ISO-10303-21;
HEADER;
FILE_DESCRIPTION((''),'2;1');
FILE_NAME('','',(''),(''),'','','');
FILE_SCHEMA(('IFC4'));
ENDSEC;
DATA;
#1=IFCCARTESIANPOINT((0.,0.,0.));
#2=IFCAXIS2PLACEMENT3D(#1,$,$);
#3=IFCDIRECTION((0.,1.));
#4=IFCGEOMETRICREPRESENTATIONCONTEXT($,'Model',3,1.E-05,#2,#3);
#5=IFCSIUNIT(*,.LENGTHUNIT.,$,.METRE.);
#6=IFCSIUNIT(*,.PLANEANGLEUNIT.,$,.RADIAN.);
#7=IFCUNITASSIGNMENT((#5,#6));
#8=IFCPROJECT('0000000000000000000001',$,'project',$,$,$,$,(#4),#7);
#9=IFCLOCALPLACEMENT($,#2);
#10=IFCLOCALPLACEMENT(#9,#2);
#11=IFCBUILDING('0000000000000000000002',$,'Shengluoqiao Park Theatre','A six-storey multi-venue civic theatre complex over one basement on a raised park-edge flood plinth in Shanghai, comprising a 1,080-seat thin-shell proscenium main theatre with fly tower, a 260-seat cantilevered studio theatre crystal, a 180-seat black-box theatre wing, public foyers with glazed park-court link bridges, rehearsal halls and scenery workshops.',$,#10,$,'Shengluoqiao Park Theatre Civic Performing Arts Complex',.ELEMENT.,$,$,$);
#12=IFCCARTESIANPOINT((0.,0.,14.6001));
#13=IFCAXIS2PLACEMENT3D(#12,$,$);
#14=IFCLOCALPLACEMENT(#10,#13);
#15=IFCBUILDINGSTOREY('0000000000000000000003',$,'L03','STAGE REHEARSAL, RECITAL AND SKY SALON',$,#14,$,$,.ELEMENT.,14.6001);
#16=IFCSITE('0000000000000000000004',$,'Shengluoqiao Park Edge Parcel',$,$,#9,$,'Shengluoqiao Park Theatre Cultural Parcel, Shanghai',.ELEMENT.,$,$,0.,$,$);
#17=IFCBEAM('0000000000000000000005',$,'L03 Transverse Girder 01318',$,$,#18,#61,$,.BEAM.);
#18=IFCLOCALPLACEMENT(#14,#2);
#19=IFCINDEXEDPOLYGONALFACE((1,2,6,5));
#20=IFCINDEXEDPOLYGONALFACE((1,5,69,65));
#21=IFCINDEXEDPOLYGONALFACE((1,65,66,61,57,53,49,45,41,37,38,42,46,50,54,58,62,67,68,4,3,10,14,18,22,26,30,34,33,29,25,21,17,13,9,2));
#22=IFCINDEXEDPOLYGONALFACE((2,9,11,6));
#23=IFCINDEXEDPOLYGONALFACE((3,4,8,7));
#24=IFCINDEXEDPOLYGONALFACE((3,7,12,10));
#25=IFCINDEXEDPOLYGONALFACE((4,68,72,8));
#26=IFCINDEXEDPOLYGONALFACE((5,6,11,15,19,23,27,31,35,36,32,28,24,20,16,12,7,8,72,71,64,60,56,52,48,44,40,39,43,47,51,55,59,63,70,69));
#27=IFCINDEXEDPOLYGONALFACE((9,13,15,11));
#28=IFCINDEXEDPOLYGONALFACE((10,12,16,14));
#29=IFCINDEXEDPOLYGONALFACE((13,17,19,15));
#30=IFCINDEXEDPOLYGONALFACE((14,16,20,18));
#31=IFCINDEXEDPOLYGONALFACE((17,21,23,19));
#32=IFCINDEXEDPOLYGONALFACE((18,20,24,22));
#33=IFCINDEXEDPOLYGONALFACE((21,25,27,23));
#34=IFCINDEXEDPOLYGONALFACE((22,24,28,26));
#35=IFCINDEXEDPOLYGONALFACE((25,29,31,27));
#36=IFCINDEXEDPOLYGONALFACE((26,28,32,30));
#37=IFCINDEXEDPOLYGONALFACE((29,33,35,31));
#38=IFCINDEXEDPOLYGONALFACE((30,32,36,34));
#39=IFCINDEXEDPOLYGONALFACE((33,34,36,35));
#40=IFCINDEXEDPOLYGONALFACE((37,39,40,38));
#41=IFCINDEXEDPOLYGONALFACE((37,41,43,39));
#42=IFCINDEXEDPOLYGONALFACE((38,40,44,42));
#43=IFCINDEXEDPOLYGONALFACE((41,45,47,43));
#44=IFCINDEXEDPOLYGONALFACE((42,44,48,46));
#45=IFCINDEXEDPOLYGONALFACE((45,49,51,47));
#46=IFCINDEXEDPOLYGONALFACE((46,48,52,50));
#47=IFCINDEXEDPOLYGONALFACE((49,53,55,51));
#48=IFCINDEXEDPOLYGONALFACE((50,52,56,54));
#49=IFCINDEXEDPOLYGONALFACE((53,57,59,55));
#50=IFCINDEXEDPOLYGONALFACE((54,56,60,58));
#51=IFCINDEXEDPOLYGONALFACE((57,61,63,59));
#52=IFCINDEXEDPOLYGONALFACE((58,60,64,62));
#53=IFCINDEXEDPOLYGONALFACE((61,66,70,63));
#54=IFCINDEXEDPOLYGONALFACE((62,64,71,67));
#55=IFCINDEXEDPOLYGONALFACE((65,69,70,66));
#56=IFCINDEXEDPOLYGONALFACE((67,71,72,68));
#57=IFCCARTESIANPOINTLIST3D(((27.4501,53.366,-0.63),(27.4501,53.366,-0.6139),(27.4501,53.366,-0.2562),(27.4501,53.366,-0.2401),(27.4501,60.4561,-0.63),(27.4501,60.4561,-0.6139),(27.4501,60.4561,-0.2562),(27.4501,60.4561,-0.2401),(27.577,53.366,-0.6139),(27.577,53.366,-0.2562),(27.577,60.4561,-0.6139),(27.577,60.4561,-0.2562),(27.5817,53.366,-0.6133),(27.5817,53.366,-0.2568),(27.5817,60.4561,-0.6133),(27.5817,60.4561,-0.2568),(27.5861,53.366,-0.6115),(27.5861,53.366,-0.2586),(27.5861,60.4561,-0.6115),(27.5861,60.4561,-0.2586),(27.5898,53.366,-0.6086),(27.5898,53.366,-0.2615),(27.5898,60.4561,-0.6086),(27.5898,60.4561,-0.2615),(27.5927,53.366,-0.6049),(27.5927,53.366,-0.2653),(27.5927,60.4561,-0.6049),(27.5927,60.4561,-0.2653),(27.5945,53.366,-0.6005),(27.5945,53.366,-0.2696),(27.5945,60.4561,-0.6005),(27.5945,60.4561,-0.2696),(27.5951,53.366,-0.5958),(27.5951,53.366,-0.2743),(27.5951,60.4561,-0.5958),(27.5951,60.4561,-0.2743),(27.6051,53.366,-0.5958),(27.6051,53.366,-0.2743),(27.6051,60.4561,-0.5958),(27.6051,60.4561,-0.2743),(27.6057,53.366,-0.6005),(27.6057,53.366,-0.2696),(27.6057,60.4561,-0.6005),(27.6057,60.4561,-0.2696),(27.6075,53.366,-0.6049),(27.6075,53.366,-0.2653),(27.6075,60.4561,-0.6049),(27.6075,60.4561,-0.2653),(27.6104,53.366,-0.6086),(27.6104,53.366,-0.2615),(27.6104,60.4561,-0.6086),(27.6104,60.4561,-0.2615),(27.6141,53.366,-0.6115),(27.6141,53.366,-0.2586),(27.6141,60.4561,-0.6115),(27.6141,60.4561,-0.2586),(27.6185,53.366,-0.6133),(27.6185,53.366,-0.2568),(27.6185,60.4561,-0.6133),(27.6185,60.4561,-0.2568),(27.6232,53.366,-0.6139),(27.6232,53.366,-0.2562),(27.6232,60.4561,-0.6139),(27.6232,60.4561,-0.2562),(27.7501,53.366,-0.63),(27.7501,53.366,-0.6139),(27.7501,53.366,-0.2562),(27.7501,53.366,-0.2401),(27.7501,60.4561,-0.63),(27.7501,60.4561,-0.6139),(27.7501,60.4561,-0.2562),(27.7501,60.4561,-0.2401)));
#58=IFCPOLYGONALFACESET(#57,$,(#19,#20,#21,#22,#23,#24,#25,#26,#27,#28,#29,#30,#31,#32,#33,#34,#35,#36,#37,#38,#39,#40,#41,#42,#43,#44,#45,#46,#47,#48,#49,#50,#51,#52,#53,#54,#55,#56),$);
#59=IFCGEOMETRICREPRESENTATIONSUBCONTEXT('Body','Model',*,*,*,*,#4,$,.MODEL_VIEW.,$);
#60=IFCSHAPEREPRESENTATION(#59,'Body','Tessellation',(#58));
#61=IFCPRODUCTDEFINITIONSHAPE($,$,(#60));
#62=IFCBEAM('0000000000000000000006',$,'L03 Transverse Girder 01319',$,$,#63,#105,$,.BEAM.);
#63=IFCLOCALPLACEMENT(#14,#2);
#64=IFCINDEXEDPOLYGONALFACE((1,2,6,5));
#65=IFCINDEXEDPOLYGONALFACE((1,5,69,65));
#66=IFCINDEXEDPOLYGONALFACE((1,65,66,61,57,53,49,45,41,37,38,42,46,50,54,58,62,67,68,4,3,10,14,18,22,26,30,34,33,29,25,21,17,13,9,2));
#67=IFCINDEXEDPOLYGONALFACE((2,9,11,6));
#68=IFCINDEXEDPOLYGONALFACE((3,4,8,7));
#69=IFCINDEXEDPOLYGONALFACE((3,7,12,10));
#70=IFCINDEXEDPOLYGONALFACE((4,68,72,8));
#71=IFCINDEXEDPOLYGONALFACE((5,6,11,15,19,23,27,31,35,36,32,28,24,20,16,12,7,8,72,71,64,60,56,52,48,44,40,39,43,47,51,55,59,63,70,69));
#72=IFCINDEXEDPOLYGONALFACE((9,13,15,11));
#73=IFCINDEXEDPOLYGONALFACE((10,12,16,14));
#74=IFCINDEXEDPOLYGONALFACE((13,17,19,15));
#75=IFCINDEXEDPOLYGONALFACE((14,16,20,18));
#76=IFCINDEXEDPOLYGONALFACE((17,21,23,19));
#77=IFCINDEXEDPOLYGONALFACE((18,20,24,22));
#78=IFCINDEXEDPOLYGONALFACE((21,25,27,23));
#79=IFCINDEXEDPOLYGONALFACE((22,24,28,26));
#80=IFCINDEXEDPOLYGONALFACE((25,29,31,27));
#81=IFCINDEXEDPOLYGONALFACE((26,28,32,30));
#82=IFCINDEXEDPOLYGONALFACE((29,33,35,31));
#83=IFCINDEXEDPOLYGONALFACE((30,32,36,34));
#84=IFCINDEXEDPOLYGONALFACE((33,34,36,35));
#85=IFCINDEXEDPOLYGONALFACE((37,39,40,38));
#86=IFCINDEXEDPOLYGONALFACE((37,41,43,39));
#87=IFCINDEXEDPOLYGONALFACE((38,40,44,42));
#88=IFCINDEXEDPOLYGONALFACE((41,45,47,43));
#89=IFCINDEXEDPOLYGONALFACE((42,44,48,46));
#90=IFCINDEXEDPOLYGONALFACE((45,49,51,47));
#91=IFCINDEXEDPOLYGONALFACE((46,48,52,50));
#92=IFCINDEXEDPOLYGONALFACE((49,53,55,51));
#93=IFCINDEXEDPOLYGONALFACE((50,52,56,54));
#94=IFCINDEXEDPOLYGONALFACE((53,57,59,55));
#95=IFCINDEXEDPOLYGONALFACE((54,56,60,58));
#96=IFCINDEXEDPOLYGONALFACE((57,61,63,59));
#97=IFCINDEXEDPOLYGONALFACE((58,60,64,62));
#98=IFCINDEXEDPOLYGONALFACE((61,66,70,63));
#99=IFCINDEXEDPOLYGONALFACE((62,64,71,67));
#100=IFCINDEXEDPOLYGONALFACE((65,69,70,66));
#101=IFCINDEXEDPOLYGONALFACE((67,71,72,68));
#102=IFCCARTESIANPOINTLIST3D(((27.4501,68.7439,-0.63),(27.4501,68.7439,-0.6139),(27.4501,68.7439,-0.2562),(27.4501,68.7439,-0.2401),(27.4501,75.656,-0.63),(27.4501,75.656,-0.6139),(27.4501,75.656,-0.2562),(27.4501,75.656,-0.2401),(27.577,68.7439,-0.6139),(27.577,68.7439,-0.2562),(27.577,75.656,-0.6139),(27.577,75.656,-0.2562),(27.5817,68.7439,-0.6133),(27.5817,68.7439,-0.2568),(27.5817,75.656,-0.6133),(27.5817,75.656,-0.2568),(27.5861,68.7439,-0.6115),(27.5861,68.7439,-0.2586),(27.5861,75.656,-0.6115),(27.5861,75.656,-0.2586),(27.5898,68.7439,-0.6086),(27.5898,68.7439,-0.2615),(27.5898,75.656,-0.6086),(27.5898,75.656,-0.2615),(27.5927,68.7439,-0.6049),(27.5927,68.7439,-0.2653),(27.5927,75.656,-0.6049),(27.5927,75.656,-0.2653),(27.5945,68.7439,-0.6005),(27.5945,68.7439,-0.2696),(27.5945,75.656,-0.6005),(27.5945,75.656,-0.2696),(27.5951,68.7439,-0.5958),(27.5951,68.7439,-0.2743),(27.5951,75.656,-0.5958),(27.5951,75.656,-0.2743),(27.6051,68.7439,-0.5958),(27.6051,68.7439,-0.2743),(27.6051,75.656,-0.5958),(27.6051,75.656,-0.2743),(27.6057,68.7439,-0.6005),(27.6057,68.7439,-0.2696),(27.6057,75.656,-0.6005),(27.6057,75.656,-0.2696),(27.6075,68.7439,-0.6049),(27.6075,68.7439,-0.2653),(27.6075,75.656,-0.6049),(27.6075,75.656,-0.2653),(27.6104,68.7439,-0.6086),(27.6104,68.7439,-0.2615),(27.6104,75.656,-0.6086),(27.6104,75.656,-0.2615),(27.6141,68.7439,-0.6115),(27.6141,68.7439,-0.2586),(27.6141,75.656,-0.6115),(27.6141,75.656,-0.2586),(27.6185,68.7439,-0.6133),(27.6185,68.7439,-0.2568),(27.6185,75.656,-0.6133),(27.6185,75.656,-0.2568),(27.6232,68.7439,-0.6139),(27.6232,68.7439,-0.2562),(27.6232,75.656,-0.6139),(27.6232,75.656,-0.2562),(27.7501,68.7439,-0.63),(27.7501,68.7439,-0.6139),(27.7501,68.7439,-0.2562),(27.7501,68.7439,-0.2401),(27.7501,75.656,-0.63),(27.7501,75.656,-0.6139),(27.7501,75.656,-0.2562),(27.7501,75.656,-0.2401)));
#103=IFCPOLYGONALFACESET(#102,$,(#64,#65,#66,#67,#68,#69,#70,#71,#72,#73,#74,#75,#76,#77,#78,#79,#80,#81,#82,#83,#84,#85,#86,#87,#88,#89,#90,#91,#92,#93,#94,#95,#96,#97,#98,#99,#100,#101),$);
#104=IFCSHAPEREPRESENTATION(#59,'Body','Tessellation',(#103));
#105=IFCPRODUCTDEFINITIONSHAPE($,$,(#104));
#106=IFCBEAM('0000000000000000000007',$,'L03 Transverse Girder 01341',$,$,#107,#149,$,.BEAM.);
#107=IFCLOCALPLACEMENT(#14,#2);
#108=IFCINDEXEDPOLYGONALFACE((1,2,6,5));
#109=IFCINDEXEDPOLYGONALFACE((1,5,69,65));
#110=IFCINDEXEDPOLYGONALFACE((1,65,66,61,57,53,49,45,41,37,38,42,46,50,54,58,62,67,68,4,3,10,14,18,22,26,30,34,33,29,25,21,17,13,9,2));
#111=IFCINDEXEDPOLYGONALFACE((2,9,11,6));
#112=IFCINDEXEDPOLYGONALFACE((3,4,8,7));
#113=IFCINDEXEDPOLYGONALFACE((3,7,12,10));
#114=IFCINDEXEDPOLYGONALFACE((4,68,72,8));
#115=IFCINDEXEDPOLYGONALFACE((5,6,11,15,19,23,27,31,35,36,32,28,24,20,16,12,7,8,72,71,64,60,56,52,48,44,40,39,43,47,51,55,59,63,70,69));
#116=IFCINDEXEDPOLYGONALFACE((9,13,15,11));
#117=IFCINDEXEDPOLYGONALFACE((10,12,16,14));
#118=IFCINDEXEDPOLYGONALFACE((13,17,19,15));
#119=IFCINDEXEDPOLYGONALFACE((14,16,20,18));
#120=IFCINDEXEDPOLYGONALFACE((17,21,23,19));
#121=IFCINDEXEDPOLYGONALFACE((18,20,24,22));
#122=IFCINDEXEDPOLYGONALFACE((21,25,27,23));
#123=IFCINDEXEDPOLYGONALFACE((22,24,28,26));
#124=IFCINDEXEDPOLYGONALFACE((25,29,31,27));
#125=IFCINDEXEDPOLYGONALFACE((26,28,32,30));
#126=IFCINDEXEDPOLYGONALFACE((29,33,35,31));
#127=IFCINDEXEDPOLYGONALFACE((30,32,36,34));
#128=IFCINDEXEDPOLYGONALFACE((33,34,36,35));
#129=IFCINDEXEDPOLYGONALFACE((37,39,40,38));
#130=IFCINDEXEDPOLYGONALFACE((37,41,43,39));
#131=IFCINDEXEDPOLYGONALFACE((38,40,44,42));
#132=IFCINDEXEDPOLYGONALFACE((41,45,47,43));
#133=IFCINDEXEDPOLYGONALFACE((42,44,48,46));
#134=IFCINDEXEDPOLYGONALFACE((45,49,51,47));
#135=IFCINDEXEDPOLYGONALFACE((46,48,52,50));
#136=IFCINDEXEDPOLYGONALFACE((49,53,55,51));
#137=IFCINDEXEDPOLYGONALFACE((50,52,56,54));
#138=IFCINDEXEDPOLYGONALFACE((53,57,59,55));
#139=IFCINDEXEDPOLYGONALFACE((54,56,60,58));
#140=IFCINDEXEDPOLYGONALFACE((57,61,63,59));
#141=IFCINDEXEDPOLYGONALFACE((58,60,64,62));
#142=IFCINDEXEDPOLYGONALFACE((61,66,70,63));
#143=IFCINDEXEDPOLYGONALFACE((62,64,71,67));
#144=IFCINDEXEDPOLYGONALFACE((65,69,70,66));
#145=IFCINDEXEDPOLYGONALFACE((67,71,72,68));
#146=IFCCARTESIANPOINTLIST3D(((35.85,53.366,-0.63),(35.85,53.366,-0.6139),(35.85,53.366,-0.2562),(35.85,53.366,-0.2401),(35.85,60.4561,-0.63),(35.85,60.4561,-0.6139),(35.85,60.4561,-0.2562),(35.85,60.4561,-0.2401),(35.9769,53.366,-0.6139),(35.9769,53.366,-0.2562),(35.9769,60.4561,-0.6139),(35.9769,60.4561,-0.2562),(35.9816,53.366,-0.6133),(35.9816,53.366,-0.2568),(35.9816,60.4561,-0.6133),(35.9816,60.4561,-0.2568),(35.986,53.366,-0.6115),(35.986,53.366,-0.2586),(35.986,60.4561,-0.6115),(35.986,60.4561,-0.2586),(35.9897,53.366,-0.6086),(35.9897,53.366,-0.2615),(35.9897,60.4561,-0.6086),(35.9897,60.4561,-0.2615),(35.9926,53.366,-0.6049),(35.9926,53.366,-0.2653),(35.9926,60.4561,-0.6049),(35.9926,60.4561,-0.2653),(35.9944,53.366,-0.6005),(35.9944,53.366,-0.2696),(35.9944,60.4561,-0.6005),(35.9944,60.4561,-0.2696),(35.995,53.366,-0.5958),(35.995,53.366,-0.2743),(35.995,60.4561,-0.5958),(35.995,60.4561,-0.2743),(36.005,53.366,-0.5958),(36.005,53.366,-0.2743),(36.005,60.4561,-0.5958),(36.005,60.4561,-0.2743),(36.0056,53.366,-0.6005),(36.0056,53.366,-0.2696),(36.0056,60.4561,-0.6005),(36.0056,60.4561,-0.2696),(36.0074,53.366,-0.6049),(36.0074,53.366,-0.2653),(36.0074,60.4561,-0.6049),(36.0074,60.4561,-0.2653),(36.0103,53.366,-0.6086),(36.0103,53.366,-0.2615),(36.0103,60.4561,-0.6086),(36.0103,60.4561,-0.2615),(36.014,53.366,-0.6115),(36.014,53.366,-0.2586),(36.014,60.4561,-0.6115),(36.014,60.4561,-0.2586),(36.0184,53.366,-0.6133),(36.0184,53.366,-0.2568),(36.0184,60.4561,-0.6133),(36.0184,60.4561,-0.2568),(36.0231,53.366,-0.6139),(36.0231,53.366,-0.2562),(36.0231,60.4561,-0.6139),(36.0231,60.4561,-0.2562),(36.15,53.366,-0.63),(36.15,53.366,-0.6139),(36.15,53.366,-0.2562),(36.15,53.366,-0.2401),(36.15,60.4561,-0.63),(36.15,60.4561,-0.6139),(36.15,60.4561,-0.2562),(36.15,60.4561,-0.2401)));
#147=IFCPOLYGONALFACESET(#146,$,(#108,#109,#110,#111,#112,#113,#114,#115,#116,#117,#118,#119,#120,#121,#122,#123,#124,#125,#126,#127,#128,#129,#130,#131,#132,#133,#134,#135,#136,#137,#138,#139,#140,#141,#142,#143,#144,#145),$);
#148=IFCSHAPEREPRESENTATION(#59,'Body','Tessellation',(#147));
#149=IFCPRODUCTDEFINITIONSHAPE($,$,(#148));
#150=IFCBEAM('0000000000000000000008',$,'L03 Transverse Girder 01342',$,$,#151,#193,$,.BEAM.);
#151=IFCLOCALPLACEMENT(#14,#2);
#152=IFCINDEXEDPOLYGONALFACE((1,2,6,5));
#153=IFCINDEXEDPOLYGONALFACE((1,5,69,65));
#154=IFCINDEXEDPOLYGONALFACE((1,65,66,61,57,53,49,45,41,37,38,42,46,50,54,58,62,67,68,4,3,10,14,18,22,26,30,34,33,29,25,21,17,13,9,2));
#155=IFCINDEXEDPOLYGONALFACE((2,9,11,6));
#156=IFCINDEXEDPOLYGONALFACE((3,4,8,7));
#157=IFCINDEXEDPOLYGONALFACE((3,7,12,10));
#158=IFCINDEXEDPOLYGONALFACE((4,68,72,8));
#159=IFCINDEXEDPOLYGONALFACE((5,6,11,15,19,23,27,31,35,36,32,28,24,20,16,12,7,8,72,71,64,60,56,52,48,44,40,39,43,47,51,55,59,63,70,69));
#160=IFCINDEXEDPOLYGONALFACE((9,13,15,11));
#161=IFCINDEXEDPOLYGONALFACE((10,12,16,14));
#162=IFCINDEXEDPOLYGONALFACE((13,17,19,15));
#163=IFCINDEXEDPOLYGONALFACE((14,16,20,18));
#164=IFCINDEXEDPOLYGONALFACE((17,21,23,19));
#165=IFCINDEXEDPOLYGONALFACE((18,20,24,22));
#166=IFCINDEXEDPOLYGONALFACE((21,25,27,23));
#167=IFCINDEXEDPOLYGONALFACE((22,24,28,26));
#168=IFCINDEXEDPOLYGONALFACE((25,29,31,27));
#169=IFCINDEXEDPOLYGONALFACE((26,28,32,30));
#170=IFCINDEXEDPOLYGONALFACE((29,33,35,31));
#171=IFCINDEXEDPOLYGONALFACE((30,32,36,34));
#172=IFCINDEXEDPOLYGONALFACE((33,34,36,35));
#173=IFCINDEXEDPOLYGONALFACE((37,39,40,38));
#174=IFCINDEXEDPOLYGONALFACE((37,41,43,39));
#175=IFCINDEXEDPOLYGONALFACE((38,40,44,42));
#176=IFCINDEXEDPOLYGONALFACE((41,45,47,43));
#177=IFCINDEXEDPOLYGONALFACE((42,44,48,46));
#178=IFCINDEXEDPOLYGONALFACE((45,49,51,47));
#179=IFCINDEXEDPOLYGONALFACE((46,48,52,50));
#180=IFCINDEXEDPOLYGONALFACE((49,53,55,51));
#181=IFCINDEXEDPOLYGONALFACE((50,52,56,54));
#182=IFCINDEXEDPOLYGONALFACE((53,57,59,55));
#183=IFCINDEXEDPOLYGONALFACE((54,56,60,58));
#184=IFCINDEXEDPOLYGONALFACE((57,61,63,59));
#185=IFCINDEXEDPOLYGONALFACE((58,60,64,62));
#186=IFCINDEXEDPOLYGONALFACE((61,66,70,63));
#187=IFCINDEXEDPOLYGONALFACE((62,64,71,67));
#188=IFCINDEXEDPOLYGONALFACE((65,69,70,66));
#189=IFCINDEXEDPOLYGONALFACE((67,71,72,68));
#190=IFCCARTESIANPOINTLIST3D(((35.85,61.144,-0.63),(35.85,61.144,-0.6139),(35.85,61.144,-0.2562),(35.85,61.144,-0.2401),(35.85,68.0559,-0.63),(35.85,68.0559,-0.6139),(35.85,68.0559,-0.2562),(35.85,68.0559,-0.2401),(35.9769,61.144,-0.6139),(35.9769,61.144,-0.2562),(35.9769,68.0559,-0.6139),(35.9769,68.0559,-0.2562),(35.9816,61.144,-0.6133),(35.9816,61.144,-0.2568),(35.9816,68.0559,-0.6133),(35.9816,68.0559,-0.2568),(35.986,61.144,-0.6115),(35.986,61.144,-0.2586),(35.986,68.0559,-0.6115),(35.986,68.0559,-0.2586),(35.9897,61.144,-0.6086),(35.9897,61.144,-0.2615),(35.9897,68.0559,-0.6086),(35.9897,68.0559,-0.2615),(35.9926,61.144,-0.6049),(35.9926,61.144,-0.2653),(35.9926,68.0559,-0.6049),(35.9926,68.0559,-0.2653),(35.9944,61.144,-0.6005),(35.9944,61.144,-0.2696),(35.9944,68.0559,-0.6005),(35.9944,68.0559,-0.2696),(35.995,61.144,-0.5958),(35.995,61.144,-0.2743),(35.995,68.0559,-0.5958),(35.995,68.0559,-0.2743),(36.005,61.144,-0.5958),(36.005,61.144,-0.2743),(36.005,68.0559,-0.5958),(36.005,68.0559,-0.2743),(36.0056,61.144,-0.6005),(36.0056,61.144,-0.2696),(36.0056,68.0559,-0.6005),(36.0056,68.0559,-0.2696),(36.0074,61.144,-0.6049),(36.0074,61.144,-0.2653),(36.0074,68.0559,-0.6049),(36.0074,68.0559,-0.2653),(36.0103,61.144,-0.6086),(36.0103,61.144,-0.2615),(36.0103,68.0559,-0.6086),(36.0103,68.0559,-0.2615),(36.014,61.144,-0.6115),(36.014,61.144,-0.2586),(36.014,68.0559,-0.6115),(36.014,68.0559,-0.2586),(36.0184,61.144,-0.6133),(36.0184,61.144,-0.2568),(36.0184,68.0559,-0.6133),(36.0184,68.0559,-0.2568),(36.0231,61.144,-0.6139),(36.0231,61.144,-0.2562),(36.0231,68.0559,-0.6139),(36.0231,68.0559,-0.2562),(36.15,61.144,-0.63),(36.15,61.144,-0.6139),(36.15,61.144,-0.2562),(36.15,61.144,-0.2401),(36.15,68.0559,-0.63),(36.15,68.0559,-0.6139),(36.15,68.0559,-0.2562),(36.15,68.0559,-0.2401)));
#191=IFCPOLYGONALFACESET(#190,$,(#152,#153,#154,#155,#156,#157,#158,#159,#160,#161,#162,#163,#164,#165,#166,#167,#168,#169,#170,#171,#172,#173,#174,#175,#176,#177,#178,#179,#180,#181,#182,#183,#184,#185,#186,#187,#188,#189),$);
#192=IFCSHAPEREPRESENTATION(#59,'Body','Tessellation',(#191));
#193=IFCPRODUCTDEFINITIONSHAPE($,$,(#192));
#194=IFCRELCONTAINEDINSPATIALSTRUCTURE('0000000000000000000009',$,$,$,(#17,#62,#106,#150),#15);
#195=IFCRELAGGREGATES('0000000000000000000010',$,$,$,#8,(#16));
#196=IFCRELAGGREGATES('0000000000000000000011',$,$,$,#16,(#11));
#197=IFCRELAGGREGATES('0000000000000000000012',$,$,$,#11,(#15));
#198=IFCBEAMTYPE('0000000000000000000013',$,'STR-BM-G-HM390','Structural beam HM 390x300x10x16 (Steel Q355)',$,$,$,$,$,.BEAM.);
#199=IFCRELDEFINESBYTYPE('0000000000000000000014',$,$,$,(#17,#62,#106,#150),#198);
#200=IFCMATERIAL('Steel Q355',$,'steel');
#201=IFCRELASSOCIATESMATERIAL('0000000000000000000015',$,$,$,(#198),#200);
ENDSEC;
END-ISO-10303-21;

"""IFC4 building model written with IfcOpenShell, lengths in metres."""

from ifc_helpers import new_model, si_unit, direction, frame, origin, origin_2d, place, context, subcontext, project, spatial, i_section, extrude, material, material_profile, profile_set, type_object, element, save


model = new_model("IFC4")

# Units and contexts
model_context = context("Model", 3, precision=1e-05, world=origin(), true_north=direction((0.0, 1.0)))
body_context = subcontext(model_context, "Body", "Model", "MODEL_VIEW")
ifc_project = project(units=[si_unit("LENGTHUNIT", "METRE"), si_unit("PLANEANGLEUNIT", "RADIAN")], contexts=[model_context])

# Site, building, storey
site_placement = place(None, origin())
site = spatial("IfcSite", under=ifc_project, at=site_placement, Name="Shengluoqiao Park Edge Parcel", LongName="Shengluoqiao Park Theatre Cultural Parcel, Shanghai", CompositionType="ELEMENT", RefElevation=0.0)
building_placement = place(site_placement, origin())
building = spatial("IfcBuilding", under=site, at=building_placement, Name="Shengluoqiao Park Theatre", Description="A six-storey multi-venue civic theatre complex over one basement on a raised park-edge flood plinth in Shanghai, comprising a 1,080-seat thin-shell proscenium main theatre with fly tower, a 260-seat cantilevered studio theatre crystal, a 180-seat black-box theatre wing, public foyers with glazed park-court link bridges, rehearsal halls and scenery workshops.", LongName="Shengluoqiao Park Theatre Civic Performing Arts Complex", CompositionType="ELEMENT")
storey_placement = place(building_placement, frame((0.0, 0.0, 14.6001)))
storey = spatial("IfcBuildingStorey", under=building, at=storey_placement, Name="L03", Description="STAGE REHEARSAL, RECITAL AND SKY SALON", CompositionType="ELEMENT", Elevation=14.6001)

# Beams
ifc_material_1 = material(Name="Steel Q355", Category="steel")
ifc_material_profile_1 = material_profile(ifc_material_1, i_section(OverallWidth=0.3, OverallDepth=0.3899, WebThickness=0.01, FlangeThickness=0.0161, FilletRadius=0.0181, at=origin_2d()), Name="HM 390x300x10x16")
ifc_profile_set_1 = profile_set([ifc_material_profile_1], Name="Steel Q355")
beam_type_1 = type_object("IfcBeamType", Name="STR-BM-G-HM390", Description="Structural beam HM 390x300x10x16 (Steel Q355)", PredefinedType="BEAM", material=ifc_profile_set_1)
beam_1_placement = place(storey_placement, frame((27.6001, 53.366, -0.4351), z_axis=(0.0, 1.0, 0.0), x_axis=(-1.0, 0.0, 0.0)))
element("IfcBeam", 1, at=beam_1_placement, inside=storey, type_object=beam_type_1, Name="L03 Transverse Girder 01318", PredefinedType="BEAM", context=body_context, shape_type="SweptSolid", body=[
    extrude(i_section(OverallWidth=0.3, OverallDepth=0.3899, WebThickness=0.01, FlangeThickness=0.0161, FilletRadius=0.0181, at=origin_2d()), origin(), (0.0, 0.0, 1.0), 7.0901),
])
beam_2_placement = place(storey_placement, frame((27.6001, 68.7439, -0.4351), z_axis=(0.0, 1.0, 0.0), x_axis=(-1.0, 0.0, 0.0)))
element("IfcBeam", 2, at=beam_2_placement, inside=storey, type_object=beam_type_1, Name="L03 Transverse Girder 01319", PredefinedType="BEAM", context=body_context, shape_type="SweptSolid", body=[
    extrude(i_section(OverallWidth=0.3, OverallDepth=0.3899, WebThickness=0.01, FlangeThickness=0.0161, FilletRadius=0.0181, at=origin_2d()), origin(), (0.0, 0.0, 1.0), 6.9121),
])
beam_3_placement = place(storey_placement, frame((36.0, 53.366, -0.4351), z_axis=(0.0, 1.0, 0.0), x_axis=(-1.0, 0.0, 0.0)))
element("IfcBeam", 3, at=beam_3_placement, inside=storey, type_object=beam_type_1, Name="L03 Transverse Girder 01341", PredefinedType="BEAM", context=body_context, shape_type="SweptSolid", body=[
    extrude(i_section(OverallWidth=0.3, OverallDepth=0.3899, WebThickness=0.01, FlangeThickness=0.0161, FilletRadius=0.0181, at=origin_2d()), origin(), (0.0, 0.0, 1.0), 7.0901),
])
beam_4_placement = place(storey_placement, frame((36.0, 61.144, -0.4351), z_axis=(0.0, 1.0, 0.0), x_axis=(-1.0, 0.0, 0.0)))
element("IfcBeam", 4, at=beam_4_placement, inside=storey, type_object=beam_type_1, Name="L03 Transverse Girder 01342", PredefinedType="BEAM", context=body_context, shape_type="SweptSolid", body=[
    extrude(i_section(OverallWidth=0.3, OverallDepth=0.3899, WebThickness=0.01, FlangeThickness=0.0161, FilletRadius=0.0181, at=origin_2d()), origin(), (0.0, 0.0, 1.0), 6.9119),
])

save(model, "model.ifc")
